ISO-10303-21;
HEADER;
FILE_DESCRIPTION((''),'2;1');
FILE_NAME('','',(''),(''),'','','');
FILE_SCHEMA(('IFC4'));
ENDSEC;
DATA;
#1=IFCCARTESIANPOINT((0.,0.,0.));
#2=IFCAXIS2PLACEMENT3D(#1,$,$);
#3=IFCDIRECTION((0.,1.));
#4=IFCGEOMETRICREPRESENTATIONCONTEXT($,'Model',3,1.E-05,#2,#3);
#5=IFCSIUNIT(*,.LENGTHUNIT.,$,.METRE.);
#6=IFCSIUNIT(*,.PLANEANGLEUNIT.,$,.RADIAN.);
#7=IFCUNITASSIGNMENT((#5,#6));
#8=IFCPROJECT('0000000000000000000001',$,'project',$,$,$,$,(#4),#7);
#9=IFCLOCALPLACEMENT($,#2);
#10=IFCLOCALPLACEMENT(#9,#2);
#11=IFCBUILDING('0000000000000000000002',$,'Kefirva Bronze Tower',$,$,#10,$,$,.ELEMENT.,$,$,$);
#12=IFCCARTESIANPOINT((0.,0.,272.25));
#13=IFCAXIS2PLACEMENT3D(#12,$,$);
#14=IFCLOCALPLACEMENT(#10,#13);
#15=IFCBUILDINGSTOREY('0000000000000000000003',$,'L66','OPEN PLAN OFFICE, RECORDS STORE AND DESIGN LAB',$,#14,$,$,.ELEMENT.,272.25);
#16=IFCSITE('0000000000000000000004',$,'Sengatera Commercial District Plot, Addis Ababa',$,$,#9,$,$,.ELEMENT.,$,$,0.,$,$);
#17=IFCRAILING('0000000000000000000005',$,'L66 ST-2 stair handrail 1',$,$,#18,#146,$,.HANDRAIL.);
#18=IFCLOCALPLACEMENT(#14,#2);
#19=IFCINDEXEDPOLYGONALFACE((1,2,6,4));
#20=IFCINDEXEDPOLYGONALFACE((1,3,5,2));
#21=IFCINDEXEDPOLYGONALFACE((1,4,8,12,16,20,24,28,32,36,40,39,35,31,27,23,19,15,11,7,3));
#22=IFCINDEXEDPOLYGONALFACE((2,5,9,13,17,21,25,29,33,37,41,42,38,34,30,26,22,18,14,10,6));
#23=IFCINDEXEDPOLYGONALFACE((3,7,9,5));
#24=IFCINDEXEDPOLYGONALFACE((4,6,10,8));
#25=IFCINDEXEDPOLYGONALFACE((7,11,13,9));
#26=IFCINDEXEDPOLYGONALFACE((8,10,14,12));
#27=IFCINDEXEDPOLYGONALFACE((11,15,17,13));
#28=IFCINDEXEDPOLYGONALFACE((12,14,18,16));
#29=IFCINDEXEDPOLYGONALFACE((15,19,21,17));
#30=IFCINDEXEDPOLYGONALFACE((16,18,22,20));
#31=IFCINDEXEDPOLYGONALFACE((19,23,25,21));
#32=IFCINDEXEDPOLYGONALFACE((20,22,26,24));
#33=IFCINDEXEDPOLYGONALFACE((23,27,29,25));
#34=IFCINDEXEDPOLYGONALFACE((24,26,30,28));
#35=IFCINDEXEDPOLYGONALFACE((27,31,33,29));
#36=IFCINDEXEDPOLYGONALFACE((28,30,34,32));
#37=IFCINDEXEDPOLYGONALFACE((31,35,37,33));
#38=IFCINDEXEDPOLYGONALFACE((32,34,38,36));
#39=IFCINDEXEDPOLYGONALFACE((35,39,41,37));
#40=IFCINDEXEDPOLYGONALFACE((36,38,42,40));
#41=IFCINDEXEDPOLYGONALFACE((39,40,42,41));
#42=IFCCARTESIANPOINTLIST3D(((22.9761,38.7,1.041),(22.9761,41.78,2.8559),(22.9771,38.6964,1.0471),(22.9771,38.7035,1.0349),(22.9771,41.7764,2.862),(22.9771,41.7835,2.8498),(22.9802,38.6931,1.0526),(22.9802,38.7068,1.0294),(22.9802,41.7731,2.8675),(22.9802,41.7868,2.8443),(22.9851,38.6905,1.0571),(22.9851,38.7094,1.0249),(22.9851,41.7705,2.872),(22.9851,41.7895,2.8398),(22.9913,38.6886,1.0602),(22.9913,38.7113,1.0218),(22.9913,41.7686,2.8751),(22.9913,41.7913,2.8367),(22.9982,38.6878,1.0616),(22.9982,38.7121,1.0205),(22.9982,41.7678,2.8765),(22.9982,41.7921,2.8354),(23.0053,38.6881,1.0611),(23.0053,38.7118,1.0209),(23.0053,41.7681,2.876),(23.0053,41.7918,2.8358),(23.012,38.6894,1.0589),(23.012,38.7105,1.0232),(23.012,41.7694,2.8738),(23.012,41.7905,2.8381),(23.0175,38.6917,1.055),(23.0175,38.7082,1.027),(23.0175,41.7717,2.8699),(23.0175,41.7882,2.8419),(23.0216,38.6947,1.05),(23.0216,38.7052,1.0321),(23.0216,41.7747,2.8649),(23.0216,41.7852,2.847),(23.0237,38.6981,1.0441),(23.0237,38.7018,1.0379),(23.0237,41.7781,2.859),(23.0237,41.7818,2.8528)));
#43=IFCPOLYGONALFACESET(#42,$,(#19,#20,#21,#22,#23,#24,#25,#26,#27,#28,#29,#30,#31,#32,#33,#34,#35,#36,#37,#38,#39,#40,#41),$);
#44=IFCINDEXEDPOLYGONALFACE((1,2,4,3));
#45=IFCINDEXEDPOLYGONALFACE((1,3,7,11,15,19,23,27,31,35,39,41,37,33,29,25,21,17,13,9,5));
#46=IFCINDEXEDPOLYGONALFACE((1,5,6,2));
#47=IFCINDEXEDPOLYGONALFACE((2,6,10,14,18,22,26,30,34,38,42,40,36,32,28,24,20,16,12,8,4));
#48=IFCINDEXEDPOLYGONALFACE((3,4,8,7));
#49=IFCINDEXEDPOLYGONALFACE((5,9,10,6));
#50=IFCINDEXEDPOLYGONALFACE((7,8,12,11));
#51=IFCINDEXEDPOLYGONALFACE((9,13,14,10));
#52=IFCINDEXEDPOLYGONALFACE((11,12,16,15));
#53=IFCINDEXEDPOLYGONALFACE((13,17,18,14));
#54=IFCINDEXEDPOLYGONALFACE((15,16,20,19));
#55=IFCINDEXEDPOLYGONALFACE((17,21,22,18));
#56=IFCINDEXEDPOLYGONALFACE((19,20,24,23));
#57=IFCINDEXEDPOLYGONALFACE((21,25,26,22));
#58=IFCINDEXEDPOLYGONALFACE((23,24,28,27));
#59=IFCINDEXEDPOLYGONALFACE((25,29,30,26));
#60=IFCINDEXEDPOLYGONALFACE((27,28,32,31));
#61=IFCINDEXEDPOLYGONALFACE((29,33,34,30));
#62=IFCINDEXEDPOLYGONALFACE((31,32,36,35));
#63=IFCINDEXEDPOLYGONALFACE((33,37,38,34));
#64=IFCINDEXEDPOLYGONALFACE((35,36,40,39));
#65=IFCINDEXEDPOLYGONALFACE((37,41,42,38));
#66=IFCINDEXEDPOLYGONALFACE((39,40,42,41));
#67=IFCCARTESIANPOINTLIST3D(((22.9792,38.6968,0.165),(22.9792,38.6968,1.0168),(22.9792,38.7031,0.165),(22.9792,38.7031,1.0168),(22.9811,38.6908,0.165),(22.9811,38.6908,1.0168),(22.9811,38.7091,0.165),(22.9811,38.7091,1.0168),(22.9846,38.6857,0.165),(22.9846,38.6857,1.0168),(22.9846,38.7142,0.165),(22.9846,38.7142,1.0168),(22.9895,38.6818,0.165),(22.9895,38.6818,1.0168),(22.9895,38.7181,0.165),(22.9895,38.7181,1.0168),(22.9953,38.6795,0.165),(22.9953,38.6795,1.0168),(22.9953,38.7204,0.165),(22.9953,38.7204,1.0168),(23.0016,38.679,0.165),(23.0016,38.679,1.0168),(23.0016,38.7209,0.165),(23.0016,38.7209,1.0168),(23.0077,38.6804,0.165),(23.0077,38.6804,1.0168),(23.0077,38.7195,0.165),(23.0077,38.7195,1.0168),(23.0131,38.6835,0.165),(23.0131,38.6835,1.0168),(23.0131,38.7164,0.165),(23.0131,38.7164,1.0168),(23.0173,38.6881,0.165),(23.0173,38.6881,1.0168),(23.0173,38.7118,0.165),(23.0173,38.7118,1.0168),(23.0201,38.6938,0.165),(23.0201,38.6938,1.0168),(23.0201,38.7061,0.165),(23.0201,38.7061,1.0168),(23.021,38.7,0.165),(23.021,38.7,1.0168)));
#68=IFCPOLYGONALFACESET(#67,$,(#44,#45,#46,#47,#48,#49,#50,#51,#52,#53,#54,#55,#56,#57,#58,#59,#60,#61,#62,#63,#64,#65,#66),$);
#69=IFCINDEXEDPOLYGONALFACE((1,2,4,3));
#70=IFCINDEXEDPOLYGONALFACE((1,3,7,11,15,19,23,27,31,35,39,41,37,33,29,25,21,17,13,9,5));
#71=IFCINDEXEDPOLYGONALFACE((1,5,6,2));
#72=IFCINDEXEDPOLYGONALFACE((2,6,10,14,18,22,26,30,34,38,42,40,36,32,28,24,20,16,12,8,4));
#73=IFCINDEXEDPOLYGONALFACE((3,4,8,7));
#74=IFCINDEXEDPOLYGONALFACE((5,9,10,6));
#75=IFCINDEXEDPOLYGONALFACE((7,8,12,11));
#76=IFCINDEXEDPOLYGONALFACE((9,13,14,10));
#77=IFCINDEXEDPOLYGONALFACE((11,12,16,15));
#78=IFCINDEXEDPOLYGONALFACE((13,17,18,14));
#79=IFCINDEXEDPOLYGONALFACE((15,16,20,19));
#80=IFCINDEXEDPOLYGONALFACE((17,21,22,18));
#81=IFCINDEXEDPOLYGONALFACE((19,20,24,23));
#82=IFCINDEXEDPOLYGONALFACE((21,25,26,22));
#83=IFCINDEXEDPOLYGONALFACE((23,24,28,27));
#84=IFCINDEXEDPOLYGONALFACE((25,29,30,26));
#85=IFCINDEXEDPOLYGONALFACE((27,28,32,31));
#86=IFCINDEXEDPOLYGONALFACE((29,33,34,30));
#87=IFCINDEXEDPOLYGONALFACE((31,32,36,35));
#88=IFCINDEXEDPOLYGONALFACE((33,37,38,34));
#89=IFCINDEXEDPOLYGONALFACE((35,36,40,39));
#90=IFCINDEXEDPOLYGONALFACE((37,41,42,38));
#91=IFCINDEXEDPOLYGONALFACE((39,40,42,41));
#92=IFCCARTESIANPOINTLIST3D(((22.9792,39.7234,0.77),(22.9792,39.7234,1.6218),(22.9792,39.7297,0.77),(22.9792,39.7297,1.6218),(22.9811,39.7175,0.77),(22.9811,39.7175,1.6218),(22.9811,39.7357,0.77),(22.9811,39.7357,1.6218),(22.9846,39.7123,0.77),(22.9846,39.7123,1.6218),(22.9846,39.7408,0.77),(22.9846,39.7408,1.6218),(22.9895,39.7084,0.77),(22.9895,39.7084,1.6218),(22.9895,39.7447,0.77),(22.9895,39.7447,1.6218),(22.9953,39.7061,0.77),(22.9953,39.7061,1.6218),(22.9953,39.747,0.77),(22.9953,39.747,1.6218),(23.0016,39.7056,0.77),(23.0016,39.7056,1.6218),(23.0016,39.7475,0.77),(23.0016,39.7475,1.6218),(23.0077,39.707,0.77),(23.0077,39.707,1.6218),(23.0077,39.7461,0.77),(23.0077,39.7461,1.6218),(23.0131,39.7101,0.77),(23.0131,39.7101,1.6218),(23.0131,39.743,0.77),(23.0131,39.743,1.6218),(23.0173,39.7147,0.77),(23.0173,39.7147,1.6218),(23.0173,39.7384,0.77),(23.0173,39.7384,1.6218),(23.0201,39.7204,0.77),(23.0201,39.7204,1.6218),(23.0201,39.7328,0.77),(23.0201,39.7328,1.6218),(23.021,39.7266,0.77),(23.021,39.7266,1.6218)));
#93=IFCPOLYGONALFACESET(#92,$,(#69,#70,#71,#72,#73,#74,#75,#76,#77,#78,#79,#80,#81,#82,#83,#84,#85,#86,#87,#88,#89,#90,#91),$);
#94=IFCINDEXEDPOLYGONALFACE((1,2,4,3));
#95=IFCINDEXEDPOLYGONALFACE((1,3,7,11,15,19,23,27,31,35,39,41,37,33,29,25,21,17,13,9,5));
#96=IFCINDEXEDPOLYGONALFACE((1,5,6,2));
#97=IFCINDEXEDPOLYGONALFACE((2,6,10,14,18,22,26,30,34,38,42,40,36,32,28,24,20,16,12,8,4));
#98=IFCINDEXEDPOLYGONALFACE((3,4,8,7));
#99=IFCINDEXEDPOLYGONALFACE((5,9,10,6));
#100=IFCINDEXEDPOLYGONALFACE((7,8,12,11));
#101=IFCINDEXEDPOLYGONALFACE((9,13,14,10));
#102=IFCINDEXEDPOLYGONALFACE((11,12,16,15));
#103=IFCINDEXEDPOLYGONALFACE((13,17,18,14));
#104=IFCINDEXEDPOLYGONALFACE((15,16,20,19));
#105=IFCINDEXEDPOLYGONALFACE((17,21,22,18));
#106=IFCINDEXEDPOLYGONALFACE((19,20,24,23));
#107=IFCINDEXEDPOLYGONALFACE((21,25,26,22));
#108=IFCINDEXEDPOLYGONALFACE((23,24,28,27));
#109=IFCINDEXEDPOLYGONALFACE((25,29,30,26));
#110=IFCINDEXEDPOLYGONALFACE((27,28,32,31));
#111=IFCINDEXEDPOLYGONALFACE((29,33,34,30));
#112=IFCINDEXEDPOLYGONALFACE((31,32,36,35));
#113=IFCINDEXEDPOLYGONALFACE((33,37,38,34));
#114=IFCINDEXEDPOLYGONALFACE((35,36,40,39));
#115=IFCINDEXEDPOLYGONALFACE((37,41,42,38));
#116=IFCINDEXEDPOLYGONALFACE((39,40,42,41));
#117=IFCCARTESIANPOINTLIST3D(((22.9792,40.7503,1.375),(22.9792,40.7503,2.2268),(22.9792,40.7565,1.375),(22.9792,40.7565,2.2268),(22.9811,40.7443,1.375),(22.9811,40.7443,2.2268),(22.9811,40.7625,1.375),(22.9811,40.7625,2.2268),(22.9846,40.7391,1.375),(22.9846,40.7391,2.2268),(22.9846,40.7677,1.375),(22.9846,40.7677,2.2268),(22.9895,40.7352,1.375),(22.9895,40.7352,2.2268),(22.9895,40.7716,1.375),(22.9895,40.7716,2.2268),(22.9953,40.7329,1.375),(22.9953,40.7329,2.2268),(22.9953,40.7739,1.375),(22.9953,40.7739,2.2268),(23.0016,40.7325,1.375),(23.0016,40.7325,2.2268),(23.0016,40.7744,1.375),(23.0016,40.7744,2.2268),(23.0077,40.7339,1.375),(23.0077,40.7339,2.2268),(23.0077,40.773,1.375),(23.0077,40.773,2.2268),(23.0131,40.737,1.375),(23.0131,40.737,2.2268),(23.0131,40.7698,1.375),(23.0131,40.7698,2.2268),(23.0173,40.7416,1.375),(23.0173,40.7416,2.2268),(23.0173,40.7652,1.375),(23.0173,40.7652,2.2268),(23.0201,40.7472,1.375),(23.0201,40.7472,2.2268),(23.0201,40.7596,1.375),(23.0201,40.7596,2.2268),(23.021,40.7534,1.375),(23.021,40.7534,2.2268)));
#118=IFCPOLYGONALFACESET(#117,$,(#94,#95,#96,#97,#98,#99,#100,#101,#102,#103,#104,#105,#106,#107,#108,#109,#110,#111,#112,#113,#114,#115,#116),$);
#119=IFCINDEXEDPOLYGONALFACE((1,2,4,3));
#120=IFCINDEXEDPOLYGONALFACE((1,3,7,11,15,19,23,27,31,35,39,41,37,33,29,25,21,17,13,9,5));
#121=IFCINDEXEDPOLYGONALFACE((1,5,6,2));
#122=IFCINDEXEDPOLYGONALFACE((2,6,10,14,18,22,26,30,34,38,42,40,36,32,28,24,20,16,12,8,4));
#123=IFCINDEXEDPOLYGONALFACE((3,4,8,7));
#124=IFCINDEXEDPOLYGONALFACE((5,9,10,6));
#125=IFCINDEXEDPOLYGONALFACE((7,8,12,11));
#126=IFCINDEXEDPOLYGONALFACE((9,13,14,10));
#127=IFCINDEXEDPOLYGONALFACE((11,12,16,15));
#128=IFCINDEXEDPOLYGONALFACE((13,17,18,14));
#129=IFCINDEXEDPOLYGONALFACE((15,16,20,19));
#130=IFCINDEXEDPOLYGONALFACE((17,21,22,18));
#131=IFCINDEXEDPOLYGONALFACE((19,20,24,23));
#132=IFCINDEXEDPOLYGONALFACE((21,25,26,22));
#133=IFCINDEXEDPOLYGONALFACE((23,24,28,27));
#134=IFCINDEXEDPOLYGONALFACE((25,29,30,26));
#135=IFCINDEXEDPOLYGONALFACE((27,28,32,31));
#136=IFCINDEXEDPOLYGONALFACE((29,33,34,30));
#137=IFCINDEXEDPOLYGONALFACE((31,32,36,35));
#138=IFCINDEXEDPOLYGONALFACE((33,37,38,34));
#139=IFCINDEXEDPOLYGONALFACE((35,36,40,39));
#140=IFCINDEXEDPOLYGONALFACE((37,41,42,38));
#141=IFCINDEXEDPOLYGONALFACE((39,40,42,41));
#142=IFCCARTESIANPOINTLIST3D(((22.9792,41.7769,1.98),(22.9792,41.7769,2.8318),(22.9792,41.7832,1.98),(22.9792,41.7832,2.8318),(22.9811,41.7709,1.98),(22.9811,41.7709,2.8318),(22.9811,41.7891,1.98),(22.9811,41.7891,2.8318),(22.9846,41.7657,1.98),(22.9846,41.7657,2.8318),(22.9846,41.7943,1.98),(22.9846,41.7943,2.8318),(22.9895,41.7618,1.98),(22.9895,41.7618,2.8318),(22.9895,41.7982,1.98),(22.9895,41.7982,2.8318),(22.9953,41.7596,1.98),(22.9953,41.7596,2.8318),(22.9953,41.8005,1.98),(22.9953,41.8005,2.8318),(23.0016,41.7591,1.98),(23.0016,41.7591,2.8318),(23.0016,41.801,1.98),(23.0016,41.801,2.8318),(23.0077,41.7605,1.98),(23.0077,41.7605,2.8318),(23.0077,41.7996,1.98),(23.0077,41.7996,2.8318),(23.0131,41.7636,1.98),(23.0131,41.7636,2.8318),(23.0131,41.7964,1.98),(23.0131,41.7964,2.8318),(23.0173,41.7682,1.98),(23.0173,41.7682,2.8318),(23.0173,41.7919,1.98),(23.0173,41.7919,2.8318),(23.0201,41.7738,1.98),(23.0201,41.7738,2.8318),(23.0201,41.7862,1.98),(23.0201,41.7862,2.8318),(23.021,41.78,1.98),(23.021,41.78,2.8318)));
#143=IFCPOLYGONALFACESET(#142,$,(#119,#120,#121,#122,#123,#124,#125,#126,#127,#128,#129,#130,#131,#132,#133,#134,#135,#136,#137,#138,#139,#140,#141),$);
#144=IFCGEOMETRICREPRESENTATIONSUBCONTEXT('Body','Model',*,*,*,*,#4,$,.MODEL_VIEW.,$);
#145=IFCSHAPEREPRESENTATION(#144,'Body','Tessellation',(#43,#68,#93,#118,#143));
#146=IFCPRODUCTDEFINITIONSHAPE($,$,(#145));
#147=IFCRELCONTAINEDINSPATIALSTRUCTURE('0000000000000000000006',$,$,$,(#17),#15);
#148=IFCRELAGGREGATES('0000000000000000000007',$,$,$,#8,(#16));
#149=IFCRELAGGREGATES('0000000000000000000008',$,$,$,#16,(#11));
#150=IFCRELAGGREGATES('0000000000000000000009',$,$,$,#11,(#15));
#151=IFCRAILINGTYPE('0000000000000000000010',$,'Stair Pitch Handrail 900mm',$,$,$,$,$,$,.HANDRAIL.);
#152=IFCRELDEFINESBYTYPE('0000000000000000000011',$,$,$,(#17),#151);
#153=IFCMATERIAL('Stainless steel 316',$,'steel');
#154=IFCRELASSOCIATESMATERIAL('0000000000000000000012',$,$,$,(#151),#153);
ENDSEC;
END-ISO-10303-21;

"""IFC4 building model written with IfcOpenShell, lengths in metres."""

from ifc_helpers import new_model, si_unit, direction, frame, origin, origin_2d, place, context, subcontext, project, spatial, circle, extrude, material, type_object, element, save


model = new_model("IFC4")

# Units and contexts
model_context = context("Model", 3, precision=1e-05, world=origin(), true_north=direction((0.0, 1.0)))
body_context = subcontext(model_context, "Body", "Model", "MODEL_VIEW")
ifc_project = project(units=[si_unit("LENGTHUNIT", "METRE"), si_unit("PLANEANGLEUNIT", "RADIAN")], contexts=[model_context])

# Site, building, storey
site_placement = place(None, origin())
site = spatial("IfcSite", under=ifc_project, at=site_placement, Name="Sengatera Commercial District Plot, Addis Ababa", CompositionType="ELEMENT", RefElevation=0.0)
building_placement = place(site_placement, origin())
building = spatial("IfcBuilding", under=site, at=building_placement, Name="Kefirva Bronze Tower", CompositionType="ELEMENT")
storey_placement = place(building_placement, frame((0.0, 0.0, 272.25)))
storey = spatial("IfcBuildingStorey", under=building, at=storey_placement, Name="L66", Description="OPEN PLAN OFFICE, RECORDS STORE AND DESIGN LAB", CompositionType="ELEMENT", Elevation=272.25)

# Railing
ifc_material_1 = material(Name="Stainless steel 316", Category="steel")
railing_type_1 = type_object("IfcRailingType", Name="Stair Pitch Handrail 900mm", PredefinedType="HANDRAIL", material=ifc_material_1)
railing_1_placement = place(storey_placement, frame((23.0, 38.7, 0.165)))
element("IfcRailing", 1, at=railing_1_placement, inside=storey, type_object=railing_type_1, Name="L66 ST-2 stair handrail 1", PredefinedType="HANDRAIL", context=body_context, shape_type="SweptSolid", body=[
    extrude(circle(Radius=0.0239, at=origin_2d()), frame((0.0, 0.0, 0.876), z_axis=(0.0, 0.861551, 0.507671), x_axis=(-1.0, 0.0, 0.0)), (0.0, 0.0, 1.0), 3.575),
    extrude(circle(Radius=0.021, at=origin_2d()), origin(), (0.0, 0.0, 1.0), 0.8518),
    extrude(circle(Radius=0.021, at=origin_2d()), frame((0.0, 1.0266, 0.605)), (0.0, 0.0, 1.0), 0.8518),
    extrude(circle(Radius=0.021, at=origin_2d()), frame((0.0, 2.0535, 1.21)), (0.0, 0.0, 1.0), 0.8518),
    extrude(circle(Radius=0.021, at=origin_2d()), frame((0.0, 3.0801, 1.8149)), (0.0, 0.0, 1.0), 0.8518),
])

save(model, "model.ifc")
